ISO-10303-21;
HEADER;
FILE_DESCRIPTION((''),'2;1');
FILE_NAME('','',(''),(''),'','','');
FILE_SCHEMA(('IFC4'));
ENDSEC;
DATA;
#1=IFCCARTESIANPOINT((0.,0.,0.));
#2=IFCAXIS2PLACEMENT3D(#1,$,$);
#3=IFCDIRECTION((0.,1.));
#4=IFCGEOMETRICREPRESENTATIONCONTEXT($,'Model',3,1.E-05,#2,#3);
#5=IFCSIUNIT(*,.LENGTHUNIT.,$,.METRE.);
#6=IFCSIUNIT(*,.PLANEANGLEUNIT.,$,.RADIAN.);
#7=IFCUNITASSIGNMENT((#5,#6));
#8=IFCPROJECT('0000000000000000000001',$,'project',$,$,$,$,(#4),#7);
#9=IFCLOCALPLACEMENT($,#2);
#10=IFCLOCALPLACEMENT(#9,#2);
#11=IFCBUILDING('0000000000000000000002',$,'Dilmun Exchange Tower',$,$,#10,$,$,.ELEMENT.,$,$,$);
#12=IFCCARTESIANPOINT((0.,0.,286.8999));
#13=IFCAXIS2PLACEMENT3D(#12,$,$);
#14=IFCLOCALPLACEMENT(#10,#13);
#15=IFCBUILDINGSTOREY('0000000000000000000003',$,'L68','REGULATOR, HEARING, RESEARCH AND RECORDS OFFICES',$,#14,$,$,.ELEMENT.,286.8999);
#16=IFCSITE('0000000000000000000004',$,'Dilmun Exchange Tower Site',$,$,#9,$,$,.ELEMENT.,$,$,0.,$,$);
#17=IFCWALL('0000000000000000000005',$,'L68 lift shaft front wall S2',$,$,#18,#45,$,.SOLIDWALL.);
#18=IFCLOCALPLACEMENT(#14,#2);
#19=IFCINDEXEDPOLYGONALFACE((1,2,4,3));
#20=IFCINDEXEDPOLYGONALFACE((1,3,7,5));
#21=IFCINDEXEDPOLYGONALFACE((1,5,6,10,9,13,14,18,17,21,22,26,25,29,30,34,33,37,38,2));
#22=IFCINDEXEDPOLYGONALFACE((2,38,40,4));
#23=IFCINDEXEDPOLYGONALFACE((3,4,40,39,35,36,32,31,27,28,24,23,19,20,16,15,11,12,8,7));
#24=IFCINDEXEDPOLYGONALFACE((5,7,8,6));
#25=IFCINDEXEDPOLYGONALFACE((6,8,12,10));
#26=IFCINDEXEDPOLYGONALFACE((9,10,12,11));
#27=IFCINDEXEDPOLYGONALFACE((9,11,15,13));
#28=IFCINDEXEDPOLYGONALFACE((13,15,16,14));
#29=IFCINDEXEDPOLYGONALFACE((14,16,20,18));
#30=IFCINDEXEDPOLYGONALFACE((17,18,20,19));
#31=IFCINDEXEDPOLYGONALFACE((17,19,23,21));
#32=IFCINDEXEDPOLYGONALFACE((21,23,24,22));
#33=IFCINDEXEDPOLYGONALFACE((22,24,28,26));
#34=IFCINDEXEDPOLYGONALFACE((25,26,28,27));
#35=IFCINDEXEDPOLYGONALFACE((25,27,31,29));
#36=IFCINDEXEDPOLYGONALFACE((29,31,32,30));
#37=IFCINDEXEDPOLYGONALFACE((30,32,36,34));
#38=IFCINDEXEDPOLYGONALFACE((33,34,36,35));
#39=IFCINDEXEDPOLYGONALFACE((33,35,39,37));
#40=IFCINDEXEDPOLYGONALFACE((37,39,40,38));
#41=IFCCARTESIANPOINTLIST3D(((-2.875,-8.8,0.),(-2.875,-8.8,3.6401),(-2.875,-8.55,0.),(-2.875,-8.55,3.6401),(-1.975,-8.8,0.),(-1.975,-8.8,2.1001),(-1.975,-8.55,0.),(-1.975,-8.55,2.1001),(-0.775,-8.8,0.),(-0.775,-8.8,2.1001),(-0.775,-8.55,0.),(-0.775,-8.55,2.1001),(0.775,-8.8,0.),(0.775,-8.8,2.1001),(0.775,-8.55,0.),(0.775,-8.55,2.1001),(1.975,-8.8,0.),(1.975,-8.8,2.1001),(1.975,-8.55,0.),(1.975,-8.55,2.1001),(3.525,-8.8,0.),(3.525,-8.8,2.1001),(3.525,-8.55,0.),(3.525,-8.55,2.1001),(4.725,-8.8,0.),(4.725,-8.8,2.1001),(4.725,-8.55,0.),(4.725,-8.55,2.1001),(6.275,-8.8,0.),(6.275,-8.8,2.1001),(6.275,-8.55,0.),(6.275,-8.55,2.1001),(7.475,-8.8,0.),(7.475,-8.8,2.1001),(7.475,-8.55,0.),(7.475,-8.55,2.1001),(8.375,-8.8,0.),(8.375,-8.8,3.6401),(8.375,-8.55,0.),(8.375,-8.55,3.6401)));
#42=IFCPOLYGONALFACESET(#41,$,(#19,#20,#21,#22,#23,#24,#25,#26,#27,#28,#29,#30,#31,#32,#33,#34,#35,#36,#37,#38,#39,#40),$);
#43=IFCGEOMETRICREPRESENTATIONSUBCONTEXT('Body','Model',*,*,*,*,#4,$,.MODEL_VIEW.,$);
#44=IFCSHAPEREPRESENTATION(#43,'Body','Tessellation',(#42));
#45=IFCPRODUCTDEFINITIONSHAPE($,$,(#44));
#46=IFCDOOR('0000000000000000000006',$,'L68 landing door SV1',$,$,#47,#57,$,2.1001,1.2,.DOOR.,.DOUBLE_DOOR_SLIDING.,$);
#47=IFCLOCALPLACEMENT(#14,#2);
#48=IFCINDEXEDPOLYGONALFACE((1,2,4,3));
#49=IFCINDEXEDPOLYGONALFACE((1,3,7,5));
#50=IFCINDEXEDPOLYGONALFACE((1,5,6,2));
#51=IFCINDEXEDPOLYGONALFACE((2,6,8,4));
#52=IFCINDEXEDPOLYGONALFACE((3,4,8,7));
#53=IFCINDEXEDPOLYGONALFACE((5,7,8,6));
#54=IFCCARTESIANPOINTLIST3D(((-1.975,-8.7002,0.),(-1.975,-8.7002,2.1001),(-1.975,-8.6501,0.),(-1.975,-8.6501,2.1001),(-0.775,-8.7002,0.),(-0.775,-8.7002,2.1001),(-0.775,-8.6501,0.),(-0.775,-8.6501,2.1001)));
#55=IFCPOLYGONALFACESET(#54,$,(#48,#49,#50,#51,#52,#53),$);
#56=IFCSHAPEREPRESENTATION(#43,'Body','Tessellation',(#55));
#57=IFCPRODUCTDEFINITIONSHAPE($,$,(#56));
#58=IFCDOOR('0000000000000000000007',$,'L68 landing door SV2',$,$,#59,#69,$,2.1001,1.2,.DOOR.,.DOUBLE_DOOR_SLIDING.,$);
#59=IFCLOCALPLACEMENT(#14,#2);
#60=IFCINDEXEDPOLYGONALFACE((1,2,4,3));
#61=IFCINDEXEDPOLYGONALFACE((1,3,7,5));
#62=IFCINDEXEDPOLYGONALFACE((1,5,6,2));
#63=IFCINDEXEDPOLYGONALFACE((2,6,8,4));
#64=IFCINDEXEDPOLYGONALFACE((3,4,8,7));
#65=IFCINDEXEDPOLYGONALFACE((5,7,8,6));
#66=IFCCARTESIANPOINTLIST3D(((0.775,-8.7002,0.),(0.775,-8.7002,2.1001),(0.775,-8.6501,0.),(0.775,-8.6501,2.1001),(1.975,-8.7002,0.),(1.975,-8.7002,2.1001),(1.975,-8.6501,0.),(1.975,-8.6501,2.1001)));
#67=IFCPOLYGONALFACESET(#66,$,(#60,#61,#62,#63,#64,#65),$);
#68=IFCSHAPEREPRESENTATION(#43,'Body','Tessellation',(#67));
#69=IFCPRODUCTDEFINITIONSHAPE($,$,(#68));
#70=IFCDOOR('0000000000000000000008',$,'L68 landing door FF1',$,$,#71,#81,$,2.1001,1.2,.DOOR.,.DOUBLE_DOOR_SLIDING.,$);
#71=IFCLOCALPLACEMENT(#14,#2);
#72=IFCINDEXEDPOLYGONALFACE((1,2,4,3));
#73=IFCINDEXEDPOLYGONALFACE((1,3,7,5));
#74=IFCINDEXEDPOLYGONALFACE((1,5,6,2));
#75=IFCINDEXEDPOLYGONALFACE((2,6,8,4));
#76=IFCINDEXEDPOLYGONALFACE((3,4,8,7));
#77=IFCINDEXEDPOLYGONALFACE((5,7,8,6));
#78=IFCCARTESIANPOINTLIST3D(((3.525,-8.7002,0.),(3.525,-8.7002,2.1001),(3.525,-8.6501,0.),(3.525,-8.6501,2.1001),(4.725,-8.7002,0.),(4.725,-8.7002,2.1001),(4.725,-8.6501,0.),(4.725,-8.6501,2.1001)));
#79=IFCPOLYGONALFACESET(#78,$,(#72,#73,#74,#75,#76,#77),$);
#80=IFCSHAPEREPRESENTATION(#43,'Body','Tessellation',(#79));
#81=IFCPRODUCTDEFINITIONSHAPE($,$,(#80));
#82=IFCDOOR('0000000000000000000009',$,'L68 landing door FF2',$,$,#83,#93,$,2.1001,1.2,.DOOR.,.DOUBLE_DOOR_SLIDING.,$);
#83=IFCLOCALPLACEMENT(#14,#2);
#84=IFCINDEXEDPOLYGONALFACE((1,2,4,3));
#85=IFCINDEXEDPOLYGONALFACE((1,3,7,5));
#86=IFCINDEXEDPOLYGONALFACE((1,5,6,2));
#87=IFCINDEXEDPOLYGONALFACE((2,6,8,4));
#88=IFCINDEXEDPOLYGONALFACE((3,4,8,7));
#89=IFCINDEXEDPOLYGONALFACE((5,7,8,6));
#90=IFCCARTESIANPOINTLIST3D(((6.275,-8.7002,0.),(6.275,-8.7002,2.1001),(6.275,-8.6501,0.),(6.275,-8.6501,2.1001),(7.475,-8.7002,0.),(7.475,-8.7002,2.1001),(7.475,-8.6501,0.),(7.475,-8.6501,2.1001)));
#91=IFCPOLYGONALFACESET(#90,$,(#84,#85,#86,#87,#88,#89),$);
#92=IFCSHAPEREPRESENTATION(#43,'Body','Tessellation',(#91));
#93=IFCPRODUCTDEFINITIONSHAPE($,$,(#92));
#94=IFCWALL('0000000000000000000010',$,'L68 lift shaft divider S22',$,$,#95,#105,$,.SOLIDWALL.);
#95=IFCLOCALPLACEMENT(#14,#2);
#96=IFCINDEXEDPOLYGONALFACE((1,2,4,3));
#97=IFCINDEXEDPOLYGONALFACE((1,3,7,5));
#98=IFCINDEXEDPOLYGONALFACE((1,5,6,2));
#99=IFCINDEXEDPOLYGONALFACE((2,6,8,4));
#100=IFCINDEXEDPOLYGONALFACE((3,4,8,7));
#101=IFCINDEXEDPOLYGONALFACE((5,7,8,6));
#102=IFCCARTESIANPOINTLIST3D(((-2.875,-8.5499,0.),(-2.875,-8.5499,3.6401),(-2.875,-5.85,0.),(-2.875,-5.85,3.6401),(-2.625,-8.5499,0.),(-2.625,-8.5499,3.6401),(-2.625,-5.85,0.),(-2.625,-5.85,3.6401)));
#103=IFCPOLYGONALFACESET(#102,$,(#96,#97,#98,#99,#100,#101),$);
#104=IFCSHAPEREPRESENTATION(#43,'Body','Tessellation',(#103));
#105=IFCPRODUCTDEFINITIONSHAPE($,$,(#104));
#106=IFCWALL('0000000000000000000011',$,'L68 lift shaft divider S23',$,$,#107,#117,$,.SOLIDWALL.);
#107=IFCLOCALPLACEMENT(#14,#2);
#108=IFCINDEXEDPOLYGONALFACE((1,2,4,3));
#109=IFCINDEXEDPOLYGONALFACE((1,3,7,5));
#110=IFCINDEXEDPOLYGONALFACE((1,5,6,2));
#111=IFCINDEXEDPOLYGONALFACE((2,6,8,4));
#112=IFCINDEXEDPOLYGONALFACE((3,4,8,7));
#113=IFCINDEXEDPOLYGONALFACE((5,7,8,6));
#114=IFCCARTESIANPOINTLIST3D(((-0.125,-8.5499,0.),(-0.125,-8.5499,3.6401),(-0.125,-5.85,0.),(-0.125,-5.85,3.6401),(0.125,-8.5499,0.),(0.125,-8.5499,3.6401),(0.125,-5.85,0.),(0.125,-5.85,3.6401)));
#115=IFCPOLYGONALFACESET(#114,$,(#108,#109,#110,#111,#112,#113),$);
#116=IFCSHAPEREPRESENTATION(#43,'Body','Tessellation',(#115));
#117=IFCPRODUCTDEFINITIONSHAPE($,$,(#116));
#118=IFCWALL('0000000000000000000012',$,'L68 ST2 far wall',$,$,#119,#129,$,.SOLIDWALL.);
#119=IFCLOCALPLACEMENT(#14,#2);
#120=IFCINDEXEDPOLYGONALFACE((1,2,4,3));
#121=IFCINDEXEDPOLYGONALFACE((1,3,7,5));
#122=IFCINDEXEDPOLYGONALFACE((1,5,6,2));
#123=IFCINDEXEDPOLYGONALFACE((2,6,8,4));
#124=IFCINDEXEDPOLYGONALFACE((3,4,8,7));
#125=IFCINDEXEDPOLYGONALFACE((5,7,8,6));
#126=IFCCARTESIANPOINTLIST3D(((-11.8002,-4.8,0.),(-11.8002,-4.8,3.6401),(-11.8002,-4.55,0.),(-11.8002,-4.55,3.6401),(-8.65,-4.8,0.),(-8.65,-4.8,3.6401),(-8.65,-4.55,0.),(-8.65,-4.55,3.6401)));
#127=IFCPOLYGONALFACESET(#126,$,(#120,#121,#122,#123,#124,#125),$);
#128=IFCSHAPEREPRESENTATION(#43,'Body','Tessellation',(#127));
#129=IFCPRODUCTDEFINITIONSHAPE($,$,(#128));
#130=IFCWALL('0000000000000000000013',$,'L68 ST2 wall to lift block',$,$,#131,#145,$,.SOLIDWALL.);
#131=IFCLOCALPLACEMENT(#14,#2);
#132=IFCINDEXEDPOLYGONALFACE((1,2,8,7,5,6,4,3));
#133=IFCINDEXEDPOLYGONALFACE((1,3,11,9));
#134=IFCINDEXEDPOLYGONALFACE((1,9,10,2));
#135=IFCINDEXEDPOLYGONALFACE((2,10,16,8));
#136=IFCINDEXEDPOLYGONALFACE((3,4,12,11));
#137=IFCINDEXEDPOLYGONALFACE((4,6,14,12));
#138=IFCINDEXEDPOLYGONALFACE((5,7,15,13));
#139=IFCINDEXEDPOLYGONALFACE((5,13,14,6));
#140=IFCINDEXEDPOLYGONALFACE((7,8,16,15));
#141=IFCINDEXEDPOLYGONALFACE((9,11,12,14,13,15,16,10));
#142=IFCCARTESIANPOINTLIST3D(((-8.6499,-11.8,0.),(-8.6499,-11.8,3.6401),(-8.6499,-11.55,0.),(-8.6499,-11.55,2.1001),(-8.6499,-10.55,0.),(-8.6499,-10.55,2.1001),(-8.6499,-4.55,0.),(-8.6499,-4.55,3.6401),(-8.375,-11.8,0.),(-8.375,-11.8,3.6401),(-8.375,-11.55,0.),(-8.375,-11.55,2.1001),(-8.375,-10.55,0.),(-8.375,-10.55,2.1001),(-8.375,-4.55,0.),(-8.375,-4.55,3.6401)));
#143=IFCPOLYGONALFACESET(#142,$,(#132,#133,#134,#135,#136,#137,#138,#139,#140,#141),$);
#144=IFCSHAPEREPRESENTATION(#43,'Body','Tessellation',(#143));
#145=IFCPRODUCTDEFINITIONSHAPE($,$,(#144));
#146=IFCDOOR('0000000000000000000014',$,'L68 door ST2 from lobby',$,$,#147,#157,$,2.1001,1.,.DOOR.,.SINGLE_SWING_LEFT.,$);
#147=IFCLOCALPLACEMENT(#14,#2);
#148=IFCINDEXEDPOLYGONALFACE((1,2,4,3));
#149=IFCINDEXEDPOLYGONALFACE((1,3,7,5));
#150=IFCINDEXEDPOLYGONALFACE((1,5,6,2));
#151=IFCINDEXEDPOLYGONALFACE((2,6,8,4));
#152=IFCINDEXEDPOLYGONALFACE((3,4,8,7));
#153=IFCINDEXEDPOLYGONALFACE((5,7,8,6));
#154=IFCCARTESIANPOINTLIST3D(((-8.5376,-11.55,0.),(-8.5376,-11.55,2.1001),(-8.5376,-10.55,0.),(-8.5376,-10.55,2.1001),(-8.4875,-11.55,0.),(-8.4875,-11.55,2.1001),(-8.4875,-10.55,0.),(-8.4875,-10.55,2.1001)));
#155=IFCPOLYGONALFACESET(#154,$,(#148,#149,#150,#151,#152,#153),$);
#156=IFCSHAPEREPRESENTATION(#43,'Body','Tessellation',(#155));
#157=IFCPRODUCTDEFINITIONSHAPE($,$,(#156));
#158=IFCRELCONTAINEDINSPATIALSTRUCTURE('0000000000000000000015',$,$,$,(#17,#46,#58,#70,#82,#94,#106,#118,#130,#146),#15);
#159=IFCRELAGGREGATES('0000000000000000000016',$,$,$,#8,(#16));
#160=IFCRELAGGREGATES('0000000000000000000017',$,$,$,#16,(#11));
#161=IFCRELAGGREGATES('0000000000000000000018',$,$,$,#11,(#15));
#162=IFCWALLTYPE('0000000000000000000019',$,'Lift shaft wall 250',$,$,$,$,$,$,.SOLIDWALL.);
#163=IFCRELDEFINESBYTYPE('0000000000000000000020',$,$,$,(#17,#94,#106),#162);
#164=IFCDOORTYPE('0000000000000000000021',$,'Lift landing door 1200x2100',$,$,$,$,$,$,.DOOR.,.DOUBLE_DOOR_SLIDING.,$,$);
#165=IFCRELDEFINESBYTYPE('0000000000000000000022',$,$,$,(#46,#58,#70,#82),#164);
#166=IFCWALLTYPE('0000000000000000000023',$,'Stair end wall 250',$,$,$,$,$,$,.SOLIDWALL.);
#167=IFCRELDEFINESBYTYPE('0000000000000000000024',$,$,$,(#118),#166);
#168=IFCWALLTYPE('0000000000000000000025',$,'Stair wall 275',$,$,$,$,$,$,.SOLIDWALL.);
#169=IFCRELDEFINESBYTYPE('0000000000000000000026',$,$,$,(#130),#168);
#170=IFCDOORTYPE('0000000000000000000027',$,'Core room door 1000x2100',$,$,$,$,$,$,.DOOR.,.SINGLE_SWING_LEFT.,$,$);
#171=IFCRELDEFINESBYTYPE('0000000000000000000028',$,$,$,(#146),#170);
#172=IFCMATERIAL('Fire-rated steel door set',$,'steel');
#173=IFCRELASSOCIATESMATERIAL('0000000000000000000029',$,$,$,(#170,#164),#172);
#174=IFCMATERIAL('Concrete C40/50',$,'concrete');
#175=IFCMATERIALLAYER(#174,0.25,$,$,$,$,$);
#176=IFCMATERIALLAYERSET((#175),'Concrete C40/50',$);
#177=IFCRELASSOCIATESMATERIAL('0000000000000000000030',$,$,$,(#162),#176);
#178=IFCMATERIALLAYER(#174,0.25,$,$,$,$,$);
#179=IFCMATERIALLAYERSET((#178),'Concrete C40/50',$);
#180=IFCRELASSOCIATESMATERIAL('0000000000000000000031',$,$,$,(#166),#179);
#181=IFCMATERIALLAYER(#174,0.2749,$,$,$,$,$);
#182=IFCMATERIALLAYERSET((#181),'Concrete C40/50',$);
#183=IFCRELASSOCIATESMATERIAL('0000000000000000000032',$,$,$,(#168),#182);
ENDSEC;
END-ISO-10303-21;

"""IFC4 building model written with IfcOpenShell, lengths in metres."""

from ifc_helpers import new_model, si_unit, direction, frame, frame_2d, origin, place, context, subcontext, project, spatial, rectangle, extrude, material, layer, layer_set, type_object, element, fill, save


model = new_model("IFC4")

# Units and contexts
model_context = context("Model", 3, precision=1e-05, world=origin(), true_north=direction((0.0, 1.0)))
body_context = subcontext(model_context, "Body", "Model", "MODEL_VIEW")
ifc_project = project(units=[si_unit("LENGTHUNIT", "METRE"), si_unit("PLANEANGLEUNIT", "RADIAN")], contexts=[model_context])

# Site, building, storey
site_placement = place(None, origin())
site = spatial("IfcSite", under=ifc_project, at=site_placement, Name="Dilmun Exchange Tower Site", CompositionType="ELEMENT", RefElevation=0.0)
building_placement = place(site_placement, origin())
building = spatial("IfcBuilding", under=site, at=building_placement, Name="Dilmun Exchange Tower", CompositionType="ELEMENT")
storey_placement = place(building_placement, frame((0.0, 0.0, 286.8999)))
storey = spatial("IfcBuildingStorey", under=building, at=storey_placement, Name="L68", Description="REGULATOR, HEARING, RESEARCH AND RECORDS OFFICES", CompositionType="ELEMENT", Elevation=286.8999)

# Shared definitions
ifc_material_1 = material(Name="Concrete C40/50", Category="concrete")

# Shared definitions
ifc_material_2 = material(Name="Fire-rated steel door set", Category="steel")
door_type_1 = type_object("IfcDoorType", Name="Core room door 1000x2100", OperationType="SINGLE_SWING_LEFT", PredefinedType="DOOR", material=ifc_material_2)

# Wall, openings, doors
ifc_layer_1 = layer(ifc_material_1, 0.25)
ifc_layer_set_1 = layer_set([ifc_layer_1], Name="Concrete C40/50")
wall_type_1 = type_object("IfcWallType", Name="Lift shaft wall 250", PredefinedType="SOLIDWALL", material=ifc_layer_set_1)
wall_1_placement = place(storey_placement, frame((-2.875, -8.675, 0.0), z_axis=(0.0, 0.0, 1.0), x_axis=(1.0, 0.0, 0.0)))
wall_1 = element("IfcWall", 1, at=wall_1_placement, inside=storey, type_object=wall_type_1, Name="L68 lift shaft front wall S2", PredefinedType="SOLIDWALL", context=body_context, shape_type="SweptSolid", body=[
    extrude(rectangle(XDim=11.25, YDim=0.25, at=frame_2d((5.625, 0.0))), origin(), (0.0, 0.0, 1.0), 3.6401),
])
opening_1_placement = place(wall_1_placement, frame((0.8999, 0.0, 0.0)))
opening_1 = element("IfcOpeningElement", 2, at=opening_1_placement, cuts=wall_1, PredefinedType="OPENING", context=body_context, shape_type="SweptSolid", body=[
    extrude(rectangle(XDim=1.2, YDim=2.1001, at=frame_2d((0.6001, 1.05))), frame((0.0, 0.135, 0.0), z_axis=(0.0, -1.0, 0.0), x_axis=(1.0, 0.0, 0.0)), (0.0, 0.0, 1.0), 0.27),
])
opening_2_placement = place(wall_1_placement, frame((3.6499, 0.0, 0.0)))
opening_2 = element("IfcOpeningElement", 3, at=opening_2_placement, cuts=wall_1, PredefinedType="OPENING", context=body_context, shape_type="SweptSolid", body=[
    extrude(rectangle(XDim=1.2, YDim=2.1001, at=frame_2d((0.6001, 1.05))), frame((0.0, 0.135, 0.0), z_axis=(0.0, -1.0, 0.0), x_axis=(1.0, 0.0, 0.0)), (0.0, 0.0, 1.0), 0.27),
])
opening_3_placement = place(wall_1_placement, frame((6.3999, 0.0, 0.0)))
opening_3 = element("IfcOpeningElement", 4, at=opening_3_placement, cuts=wall_1, PredefinedType="OPENING", context=body_context, shape_type="SweptSolid", body=[
    extrude(rectangle(XDim=1.2, YDim=2.1001, at=frame_2d((0.6001, 1.05))), frame((0.0, 0.135, 0.0), z_axis=(0.0, -1.0, 0.0), x_axis=(1.0, 0.0, 0.0)), (0.0, 0.0, 1.0), 0.27),
])
opening_4_placement = place(wall_1_placement, frame((9.1499, 0.0, 0.0)))
opening_4 = element("IfcOpeningElement", 5, at=opening_4_placement, cuts=wall_1, PredefinedType="OPENING", context=body_context, shape_type="SweptSolid", body=[
    extrude(rectangle(XDim=1.2, YDim=2.1001, at=frame_2d((0.6001, 1.05))), frame((0.0, 0.135, 0.0), z_axis=(0.0, -1.0, 0.0), x_axis=(1.0, 0.0, 0.0)), (0.0, 0.0, 1.0), 0.27),
])
door_type_2 = type_object("IfcDoorType", Name="Lift landing door 1200x2100", OperationType="DOUBLE_DOOR_SLIDING", PredefinedType="DOOR", material=ifc_material_2)
door_1_placement = place(opening_1_placement, origin())
door_1 = element("IfcDoor", 6, at=door_1_placement, inside=storey, type_object=door_type_2, Name="L68 landing door SV1", OperationType="DOUBLE_DOOR_SLIDING", OverallHeight=2.1001, OverallWidth=1.2, PredefinedType="DOOR", context=body_context, shape_type="SweptSolid", body=[
    extrude(rectangle(XDim=1.2, YDim=2.1001, at=frame_2d((0.6001, 1.05))), frame((0.0, 0.0249, 0.0), z_axis=(0.0, -1.0, 0.0), x_axis=(1.0, 0.0, 0.0)), (0.0, 0.0, 1.0), 0.05),
])
fill(opening_1, door_1)
door_2_placement = place(opening_2_placement, origin())
door_2 = element("IfcDoor", 7, at=door_2_placement, inside=storey, type_object=door_type_2, Name="L68 landing door SV2", OperationType="DOUBLE_DOOR_SLIDING", OverallHeight=2.1001, OverallWidth=1.2, PredefinedType="DOOR", context=body_context, shape_type="SweptSolid", body=[
    extrude(rectangle(XDim=1.2, YDim=2.1001, at=frame_2d((0.6001, 1.05))), frame((0.0, 0.0249, 0.0), z_axis=(0.0, -1.0, 0.0), x_axis=(1.0, 0.0, 0.0)), (0.0, 0.0, 1.0), 0.05),
])
fill(opening_2, door_2)
door_3_placement = place(opening_3_placement, origin())
door_3 = element("IfcDoor", 8, at=door_3_placement, inside=storey, type_object=door_type_2, Name="L68 landing door FF1", OperationType="DOUBLE_DOOR_SLIDING", OverallHeight=2.1001, OverallWidth=1.2, PredefinedType="DOOR", context=body_context, shape_type="SweptSolid", body=[
    extrude(rectangle(XDim=1.2, YDim=2.1001, at=frame_2d((0.6001, 1.05))), frame((0.0, 0.0249, 0.0), z_axis=(0.0, -1.0, 0.0), x_axis=(1.0, 0.0, 0.0)), (0.0, 0.0, 1.0), 0.05),
])
fill(opening_3, door_3)
door_4_placement = place(opening_4_placement, origin())
door_4 = element("IfcDoor", 9, at=door_4_placement, inside=storey, type_object=door_type_2, Name="L68 landing door FF2", OperationType="DOUBLE_DOOR_SLIDING", OverallHeight=2.1001, OverallWidth=1.2, PredefinedType="DOOR", context=body_context, shape_type="SweptSolid", body=[
    extrude(rectangle(XDim=1.2, YDim=2.1001, at=frame_2d((0.6001, 1.05))), frame((0.0, 0.0249, 0.0), z_axis=(0.0, -1.0, 0.0), x_axis=(1.0, 0.0, 0.0)), (0.0, 0.0, 1.0), 0.05),
])
fill(opening_4, door_4)

# Walls
for number, where, z_axis, x_axis, name in (
    (10, (-2.75, -8.55, 0.0), (0.0, 0.0, 1.0), (0.0, 1.0, 0.0), "L68 lift shaft divider S22"),
    (11, (0.0, -8.55, 0.0), (0.0, 0.0, 1.0), (0.0, 1.0, 0.0), "L68 lift shaft divider S23"),
):
    element("IfcWall", number, at=place(storey_placement, frame(where, z_axis=z_axis, x_axis=x_axis)), inside=storey, type_object=wall_type_1, Name=name, PredefinedType="SOLIDWALL", context=body_context, shape_type="SweptSolid", body=[
        extrude(rectangle(XDim=2.7, YDim=0.25, at=frame_2d((1.3501, 0.0))), origin(), (0.0, 0.0, 1.0), 3.6401),
    ])
ifc_layer_2 = layer(ifc_material_1, 0.25)
ifc_layer_set_2 = layer_set([ifc_layer_2], Name="Concrete C40/50")
wall_type_2 = type_object("IfcWallType", Name="Stair end wall 250", PredefinedType="SOLIDWALL", material=ifc_layer_set_2)
wall_2_placement = place(storey_placement, frame((-8.6499, -4.675, 0.0), z_axis=(0.0, 0.0, 1.0), x_axis=(-1.0, 0.0, 0.0)))
element("IfcWall", 12, at=wall_2_placement, inside=storey, type_object=wall_type_2, Name="L68 ST2 far wall", PredefinedType="SOLIDWALL", context=body_context, shape_type="SweptSolid", body=[
    extrude(rectangle(XDim=3.1501, YDim=0.25, at=frame_2d((1.5752, 0.0))), origin(), (0.0, 0.0, 1.0), 3.6401),
])

# Wall, opening, door
ifc_layer_3 = layer(ifc_material_1, 0.2749)
ifc_layer_set_3 = layer_set([ifc_layer_3], Name="Concrete C40/50")
wall_type_3 = type_object("IfcWallType", Name="Stair wall 275", PredefinedType="SOLIDWALL", material=ifc_layer_set_3)
wall_3_placement = place(storey_placement, frame((-8.5125, -4.55, 0.0), z_axis=(0.0, 0.0, 1.0), x_axis=(0.0, -1.0, 0.0)))
wall_3 = element("IfcWall", 13, at=wall_3_placement, inside=storey, type_object=wall_type_3, Name="L68 ST2 wall to lift block", PredefinedType="SOLIDWALL", context=body_context, shape_type="SweptSolid", body=[
    extrude(rectangle(XDim=7.25, YDim=0.2749, at=frame_2d((3.625, 0.0))), origin(), (0.0, 0.0, 1.0), 3.6401),
])
opening_5_placement = place(wall_3_placement, frame((6.0, 0.0, 0.0)))
opening_5 = element("IfcOpeningElement", 14, at=opening_5_placement, cuts=wall_3, PredefinedType="OPENING", context=body_context, shape_type="SweptSolid", body=[
    extrude(rectangle(XDim=1.0, YDim=2.1001, at=frame_2d((0.5, 1.05))), frame((0.0, 0.1475, 0.0), z_axis=(0.0, -1.0, 0.0), x_axis=(1.0, 0.0, 0.0)), (0.0, 0.0, 1.0), 0.2949),
])
door_5_placement = place(opening_5_placement, origin())
door_5 = element("IfcDoor", 15, at=door_5_placement, inside=storey, type_object=door_type_1, Name="L68 door ST2 from lobby", OperationType="SINGLE_SWING_LEFT", OverallHeight=2.1001, OverallWidth=1.0, PredefinedType="DOOR", context=body_context, shape_type="SweptSolid", body=[
    extrude(rectangle(XDim=1.0, YDim=2.1001, at=frame_2d((0.5, 1.05))), frame((0.0, 0.0249, 0.0), z_axis=(0.0, -1.0, 0.0), x_axis=(1.0, 0.0, 0.0)), (0.0, 0.0, 1.0), 0.05),
])
fill(opening_5, door_5)

save(model, "model.ifc")
